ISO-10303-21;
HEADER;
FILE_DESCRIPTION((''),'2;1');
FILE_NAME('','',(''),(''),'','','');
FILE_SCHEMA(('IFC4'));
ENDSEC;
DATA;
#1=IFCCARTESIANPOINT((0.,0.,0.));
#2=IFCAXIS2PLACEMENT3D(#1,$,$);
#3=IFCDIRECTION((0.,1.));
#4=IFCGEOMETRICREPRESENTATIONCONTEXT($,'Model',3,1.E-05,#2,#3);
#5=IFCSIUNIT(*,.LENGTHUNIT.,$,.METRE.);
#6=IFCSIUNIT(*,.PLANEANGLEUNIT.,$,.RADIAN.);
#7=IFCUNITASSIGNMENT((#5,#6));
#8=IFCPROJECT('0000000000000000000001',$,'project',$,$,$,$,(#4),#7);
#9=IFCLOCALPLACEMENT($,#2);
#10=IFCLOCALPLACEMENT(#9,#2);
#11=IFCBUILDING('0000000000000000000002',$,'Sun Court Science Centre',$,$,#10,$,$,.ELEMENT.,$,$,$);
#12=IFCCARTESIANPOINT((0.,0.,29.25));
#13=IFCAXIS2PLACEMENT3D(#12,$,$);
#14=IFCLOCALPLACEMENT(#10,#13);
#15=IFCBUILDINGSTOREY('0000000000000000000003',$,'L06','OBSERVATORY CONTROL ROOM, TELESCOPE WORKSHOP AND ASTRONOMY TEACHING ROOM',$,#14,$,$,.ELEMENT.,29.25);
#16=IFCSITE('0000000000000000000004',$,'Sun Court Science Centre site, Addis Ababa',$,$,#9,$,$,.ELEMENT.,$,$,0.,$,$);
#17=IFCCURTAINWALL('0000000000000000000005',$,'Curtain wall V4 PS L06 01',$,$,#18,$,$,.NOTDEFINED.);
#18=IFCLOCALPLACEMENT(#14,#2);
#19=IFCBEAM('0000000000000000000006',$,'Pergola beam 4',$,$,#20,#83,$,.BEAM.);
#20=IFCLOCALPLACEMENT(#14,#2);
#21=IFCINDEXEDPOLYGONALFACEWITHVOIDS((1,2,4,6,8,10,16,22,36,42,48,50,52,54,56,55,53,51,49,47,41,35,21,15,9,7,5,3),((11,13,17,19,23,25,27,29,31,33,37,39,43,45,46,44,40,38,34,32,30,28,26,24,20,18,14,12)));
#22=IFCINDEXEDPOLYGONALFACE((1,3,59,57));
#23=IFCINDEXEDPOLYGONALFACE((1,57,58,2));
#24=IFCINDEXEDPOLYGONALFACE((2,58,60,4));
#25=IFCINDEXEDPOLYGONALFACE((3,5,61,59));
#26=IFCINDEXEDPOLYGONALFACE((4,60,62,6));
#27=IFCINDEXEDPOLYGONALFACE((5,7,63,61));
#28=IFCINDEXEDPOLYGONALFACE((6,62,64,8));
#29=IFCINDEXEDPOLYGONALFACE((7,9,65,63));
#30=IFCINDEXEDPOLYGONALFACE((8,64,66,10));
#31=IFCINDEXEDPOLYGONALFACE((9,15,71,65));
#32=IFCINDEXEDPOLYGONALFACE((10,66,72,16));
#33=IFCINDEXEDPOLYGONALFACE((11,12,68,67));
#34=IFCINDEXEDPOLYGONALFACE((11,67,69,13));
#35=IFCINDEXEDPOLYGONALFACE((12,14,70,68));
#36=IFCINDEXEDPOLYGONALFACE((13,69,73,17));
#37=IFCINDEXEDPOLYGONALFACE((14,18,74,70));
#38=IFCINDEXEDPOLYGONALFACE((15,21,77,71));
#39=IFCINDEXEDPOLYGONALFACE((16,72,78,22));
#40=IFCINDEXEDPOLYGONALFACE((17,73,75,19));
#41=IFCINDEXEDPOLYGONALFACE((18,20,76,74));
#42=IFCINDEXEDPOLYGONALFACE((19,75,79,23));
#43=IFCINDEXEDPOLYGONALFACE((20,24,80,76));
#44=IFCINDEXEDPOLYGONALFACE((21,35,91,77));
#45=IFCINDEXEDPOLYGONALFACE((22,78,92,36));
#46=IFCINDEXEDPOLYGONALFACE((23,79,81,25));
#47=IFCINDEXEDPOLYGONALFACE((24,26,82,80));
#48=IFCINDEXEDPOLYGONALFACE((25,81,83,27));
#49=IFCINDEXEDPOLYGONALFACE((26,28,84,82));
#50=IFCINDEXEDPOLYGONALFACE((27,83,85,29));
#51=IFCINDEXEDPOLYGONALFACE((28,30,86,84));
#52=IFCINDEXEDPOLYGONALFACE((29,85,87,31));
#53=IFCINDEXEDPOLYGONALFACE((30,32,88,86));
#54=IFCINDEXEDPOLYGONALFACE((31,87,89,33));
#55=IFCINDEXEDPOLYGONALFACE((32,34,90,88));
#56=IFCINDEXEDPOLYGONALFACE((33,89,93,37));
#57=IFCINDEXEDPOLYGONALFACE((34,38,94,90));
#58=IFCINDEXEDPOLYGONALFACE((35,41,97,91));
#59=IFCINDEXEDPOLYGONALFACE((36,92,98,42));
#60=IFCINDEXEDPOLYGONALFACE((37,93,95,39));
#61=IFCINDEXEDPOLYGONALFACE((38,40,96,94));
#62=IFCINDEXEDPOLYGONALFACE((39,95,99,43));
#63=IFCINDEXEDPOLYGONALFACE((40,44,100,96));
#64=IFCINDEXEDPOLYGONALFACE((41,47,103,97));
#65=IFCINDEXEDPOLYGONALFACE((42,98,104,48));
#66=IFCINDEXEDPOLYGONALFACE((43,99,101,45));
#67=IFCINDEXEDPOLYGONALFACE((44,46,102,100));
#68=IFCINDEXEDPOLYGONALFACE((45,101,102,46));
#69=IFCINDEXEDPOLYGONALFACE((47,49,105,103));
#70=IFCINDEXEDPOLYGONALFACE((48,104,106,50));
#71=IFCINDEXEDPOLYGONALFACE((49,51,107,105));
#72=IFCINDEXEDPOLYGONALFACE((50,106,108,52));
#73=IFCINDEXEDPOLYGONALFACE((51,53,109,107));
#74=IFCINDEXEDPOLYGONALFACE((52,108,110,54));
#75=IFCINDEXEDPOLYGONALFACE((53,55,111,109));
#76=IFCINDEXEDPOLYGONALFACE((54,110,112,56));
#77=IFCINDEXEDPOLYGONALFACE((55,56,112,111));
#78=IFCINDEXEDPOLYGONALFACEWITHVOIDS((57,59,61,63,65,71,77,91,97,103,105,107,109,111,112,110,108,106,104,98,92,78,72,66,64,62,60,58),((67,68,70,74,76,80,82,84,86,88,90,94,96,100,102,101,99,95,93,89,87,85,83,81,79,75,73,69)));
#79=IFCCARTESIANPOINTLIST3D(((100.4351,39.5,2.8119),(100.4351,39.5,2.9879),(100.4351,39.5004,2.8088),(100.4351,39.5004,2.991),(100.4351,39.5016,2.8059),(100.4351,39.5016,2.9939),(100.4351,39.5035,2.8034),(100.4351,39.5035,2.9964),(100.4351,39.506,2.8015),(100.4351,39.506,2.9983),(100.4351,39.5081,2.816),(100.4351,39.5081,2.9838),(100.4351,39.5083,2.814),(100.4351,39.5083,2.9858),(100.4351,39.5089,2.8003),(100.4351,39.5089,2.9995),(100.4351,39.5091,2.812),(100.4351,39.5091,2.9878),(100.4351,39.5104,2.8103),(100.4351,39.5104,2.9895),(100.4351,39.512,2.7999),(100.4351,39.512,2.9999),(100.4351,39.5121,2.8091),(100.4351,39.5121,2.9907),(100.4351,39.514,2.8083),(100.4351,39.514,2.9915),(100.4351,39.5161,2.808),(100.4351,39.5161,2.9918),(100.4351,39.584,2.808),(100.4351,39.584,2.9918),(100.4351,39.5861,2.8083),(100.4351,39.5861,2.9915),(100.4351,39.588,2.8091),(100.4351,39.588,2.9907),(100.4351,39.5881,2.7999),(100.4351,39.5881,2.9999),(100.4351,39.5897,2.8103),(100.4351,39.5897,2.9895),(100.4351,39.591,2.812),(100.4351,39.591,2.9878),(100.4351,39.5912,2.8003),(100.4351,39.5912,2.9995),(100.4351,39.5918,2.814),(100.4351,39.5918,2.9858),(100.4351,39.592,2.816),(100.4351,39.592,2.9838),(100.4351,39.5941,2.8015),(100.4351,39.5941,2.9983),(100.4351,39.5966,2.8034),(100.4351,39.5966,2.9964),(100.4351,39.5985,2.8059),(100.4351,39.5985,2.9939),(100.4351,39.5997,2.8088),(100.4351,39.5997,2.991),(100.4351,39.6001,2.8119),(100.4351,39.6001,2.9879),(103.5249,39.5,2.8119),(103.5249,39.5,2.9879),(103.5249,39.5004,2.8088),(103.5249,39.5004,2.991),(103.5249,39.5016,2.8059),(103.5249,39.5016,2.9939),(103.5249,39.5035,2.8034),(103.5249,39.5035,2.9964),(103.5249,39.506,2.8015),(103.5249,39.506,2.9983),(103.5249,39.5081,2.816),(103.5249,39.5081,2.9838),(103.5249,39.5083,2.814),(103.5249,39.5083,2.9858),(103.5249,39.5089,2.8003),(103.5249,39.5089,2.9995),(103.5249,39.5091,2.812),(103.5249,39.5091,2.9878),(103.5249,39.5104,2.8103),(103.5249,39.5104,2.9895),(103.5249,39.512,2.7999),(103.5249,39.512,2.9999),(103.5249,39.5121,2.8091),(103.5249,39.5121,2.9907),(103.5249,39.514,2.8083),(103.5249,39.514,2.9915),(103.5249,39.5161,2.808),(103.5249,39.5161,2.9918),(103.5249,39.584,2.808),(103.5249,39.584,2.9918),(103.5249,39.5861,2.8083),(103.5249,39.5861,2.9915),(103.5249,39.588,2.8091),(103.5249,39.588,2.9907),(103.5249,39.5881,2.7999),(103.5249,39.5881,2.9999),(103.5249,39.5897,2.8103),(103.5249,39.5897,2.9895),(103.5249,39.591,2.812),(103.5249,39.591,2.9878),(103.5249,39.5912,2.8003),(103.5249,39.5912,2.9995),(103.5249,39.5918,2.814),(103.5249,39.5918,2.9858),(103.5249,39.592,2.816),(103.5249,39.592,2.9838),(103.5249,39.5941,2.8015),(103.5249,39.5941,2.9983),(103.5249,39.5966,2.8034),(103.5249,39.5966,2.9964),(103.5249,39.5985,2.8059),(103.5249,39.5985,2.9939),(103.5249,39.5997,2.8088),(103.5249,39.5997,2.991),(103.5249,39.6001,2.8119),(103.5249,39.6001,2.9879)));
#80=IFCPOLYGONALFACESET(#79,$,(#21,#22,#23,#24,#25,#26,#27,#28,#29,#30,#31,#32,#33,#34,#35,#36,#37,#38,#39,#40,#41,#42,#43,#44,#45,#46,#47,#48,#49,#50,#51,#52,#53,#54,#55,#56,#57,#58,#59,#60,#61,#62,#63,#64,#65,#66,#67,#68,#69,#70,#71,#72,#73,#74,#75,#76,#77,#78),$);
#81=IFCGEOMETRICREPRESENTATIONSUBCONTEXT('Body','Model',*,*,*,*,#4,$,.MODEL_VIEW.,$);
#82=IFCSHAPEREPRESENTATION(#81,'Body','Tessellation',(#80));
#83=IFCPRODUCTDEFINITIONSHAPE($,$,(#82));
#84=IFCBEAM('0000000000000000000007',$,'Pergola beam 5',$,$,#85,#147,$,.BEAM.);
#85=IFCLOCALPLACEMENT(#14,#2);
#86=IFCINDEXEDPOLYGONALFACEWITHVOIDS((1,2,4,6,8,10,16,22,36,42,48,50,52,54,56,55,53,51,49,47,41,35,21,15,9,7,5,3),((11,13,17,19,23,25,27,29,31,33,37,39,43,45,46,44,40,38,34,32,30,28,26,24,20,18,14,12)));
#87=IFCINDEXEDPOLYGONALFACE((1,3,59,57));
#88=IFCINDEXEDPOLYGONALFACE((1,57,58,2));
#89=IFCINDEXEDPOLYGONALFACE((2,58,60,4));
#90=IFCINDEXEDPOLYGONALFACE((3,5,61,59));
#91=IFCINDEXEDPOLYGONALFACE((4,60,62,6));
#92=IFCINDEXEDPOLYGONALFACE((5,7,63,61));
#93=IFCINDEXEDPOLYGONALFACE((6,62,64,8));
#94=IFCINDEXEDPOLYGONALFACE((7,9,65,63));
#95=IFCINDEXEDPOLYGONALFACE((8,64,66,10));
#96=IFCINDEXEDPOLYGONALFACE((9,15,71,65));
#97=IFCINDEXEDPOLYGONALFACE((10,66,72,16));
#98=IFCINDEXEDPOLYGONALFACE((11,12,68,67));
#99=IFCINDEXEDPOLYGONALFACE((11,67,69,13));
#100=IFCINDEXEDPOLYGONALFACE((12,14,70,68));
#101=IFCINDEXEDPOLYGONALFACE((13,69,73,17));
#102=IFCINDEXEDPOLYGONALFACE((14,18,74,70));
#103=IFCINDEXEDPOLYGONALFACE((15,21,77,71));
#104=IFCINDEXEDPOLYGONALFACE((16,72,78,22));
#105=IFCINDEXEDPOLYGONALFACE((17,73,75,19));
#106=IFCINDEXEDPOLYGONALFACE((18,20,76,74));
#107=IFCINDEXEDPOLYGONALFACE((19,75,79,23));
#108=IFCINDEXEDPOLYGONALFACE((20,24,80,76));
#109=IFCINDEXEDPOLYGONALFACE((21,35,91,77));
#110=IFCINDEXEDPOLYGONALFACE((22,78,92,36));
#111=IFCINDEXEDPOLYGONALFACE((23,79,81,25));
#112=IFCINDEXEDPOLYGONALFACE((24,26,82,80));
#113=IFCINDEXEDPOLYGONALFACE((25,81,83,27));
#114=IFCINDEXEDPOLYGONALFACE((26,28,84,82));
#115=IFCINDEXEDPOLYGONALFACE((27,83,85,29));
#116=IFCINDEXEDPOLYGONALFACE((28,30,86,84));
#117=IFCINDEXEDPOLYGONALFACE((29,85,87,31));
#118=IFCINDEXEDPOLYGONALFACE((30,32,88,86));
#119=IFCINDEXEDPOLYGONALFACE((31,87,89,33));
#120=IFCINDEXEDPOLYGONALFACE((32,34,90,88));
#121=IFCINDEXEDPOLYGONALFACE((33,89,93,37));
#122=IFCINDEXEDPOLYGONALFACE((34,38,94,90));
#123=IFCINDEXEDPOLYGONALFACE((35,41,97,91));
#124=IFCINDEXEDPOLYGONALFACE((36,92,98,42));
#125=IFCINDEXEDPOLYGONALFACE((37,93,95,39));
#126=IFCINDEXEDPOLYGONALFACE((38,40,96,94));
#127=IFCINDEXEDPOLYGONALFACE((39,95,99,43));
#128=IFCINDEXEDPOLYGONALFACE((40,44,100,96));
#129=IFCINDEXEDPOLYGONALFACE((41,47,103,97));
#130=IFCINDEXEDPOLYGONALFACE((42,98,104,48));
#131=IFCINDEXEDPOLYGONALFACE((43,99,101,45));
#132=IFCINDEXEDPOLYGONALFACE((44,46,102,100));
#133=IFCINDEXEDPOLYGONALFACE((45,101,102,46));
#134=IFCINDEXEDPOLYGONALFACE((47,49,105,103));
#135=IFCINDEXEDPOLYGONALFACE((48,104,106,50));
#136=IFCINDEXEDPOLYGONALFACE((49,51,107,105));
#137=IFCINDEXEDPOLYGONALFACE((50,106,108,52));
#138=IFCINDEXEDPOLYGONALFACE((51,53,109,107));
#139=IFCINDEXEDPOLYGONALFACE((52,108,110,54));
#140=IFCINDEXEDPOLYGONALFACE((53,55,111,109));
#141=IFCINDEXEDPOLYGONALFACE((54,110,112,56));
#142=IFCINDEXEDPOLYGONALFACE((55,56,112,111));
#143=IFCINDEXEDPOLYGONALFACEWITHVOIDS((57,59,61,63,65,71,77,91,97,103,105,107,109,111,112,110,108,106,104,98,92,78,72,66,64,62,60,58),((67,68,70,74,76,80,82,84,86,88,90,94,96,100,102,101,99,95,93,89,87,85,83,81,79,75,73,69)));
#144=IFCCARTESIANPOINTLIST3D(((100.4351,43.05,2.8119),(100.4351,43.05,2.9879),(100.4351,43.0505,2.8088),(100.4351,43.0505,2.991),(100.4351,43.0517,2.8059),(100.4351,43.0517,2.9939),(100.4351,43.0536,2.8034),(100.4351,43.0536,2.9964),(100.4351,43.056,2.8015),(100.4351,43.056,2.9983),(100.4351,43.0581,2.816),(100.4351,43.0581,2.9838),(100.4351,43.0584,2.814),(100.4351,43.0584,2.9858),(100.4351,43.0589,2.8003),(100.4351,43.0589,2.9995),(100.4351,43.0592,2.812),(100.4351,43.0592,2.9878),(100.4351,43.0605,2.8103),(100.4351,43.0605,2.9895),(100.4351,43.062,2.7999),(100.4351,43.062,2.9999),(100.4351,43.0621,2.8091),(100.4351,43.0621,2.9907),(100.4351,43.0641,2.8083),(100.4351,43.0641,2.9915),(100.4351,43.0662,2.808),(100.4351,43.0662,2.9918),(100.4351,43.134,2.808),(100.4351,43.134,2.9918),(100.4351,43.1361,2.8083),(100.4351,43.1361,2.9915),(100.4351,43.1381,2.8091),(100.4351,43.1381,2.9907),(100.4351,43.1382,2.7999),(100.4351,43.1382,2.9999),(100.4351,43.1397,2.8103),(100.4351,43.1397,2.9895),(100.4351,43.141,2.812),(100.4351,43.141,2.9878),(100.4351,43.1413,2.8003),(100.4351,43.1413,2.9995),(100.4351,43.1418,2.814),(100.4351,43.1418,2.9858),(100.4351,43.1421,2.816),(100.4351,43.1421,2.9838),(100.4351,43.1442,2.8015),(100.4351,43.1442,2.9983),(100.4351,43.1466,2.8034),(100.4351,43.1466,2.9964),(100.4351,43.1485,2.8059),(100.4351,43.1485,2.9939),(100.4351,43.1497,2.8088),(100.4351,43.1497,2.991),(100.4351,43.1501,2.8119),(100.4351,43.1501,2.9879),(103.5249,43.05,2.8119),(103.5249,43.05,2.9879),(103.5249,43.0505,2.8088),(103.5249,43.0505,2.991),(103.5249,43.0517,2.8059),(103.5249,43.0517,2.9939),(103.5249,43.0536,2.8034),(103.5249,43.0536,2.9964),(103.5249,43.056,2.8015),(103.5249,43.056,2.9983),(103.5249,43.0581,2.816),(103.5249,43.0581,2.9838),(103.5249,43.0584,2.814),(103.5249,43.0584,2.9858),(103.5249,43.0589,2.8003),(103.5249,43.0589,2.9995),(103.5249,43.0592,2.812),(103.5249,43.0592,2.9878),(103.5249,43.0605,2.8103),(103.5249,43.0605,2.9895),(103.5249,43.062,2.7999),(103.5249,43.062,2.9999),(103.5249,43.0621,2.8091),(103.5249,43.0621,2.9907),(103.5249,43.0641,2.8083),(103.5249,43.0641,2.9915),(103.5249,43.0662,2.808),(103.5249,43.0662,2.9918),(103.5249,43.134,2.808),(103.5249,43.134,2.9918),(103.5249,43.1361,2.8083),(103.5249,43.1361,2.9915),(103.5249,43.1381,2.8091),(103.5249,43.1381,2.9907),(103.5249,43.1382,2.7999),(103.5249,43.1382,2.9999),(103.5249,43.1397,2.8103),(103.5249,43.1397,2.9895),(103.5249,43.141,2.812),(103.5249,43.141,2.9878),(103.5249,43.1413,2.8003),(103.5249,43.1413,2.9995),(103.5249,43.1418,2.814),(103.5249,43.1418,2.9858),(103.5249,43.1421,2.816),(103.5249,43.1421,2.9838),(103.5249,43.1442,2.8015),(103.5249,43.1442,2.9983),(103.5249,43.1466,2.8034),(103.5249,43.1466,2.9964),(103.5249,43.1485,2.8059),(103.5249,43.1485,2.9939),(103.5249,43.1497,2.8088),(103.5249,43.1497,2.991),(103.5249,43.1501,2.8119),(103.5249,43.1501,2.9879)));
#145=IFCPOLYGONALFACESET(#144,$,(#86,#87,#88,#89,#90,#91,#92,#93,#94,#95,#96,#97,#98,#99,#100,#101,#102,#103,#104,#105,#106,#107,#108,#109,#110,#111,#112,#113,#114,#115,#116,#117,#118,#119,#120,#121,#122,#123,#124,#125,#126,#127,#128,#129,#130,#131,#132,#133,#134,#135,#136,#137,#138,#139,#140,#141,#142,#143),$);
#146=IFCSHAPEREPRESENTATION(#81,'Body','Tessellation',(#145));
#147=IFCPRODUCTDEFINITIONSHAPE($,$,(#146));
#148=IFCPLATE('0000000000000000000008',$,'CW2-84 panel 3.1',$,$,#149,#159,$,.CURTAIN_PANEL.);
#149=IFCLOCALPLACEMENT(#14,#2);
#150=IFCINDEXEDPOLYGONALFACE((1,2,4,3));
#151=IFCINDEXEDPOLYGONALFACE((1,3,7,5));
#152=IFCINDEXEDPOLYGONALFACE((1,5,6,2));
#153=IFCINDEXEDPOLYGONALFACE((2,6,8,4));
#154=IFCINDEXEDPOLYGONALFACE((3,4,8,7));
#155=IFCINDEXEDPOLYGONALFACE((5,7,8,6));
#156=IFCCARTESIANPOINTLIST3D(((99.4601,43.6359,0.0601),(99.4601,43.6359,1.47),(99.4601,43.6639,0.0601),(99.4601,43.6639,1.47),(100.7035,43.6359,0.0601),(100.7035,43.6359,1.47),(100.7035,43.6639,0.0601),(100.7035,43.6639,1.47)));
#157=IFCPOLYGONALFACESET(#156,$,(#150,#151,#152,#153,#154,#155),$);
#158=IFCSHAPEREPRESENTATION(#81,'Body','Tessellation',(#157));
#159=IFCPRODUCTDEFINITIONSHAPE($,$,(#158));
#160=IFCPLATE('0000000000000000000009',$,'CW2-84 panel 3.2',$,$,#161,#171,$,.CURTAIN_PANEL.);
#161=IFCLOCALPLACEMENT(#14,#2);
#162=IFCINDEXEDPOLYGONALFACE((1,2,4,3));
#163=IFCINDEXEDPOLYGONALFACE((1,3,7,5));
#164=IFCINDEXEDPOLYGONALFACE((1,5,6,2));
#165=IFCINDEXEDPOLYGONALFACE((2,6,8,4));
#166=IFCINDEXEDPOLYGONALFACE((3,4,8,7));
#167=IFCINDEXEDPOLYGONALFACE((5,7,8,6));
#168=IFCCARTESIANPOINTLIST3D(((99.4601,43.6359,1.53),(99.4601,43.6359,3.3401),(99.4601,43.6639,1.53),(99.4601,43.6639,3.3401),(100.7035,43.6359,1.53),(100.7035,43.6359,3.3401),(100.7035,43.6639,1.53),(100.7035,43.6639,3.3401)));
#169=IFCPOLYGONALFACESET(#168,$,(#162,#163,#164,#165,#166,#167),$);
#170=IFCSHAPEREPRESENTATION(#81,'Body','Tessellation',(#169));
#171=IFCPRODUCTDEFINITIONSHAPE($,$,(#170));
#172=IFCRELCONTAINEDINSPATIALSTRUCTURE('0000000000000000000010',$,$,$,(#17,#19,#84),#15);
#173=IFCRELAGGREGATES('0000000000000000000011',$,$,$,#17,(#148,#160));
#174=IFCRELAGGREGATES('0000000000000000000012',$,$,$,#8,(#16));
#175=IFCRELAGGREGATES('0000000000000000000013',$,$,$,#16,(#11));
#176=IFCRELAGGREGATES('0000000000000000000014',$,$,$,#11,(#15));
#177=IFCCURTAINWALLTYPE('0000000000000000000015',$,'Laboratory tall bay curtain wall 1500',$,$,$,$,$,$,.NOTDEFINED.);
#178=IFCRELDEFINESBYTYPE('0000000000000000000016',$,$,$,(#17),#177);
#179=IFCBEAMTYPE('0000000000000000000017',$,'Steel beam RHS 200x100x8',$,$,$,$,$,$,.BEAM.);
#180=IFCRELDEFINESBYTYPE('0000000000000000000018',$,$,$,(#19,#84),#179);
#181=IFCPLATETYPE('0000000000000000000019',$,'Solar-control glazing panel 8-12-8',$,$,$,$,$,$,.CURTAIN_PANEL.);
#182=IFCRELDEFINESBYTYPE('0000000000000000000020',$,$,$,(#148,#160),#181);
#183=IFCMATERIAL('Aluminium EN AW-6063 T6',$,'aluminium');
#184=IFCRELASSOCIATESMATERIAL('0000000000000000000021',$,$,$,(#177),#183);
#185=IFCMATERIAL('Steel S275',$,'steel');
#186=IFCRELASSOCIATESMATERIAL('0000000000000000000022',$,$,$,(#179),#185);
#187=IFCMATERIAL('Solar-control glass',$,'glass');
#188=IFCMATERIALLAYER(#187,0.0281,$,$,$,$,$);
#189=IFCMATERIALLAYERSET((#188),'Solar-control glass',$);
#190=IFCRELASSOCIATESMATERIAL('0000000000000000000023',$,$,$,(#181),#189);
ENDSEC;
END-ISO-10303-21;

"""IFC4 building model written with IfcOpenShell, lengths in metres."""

from ifc_helpers import new_model, si_unit, direction, frame, origin, origin_2d, place, context, subcontext, project, spatial, rectangle, hollow_rectangle, extrude, material, layer, layer_set, material_profile, profile_set, type_object, element, aggregate, save


model = new_model("IFC4")

# Units and contexts
model_context = context("Model", 3, precision=1e-05, world=origin(), true_north=direction((0.0, 1.0)))
body_context = subcontext(model_context, "Body", "Model", "MODEL_VIEW")
ifc_project = project(units=[si_unit("LENGTHUNIT", "METRE"), si_unit("PLANEANGLEUNIT", "RADIAN")], contexts=[model_context])

# Site, building, storey
site_placement = place(None, origin())
site = spatial("IfcSite", under=ifc_project, at=site_placement, Name="Sun Court Science Centre site, Addis Ababa", CompositionType="ELEMENT", RefElevation=0.0)
building_placement = place(site_placement, origin())
building = spatial("IfcBuilding", under=site, at=building_placement, Name="Sun Court Science Centre", CompositionType="ELEMENT")
storey_placement = place(building_placement, frame((0.0, 0.0, 29.25)))
storey = spatial("IfcBuildingStorey", under=building, at=storey_placement, Name="L06", Description="OBSERVATORY CONTROL ROOM, TELESCOPE WORKSHOP AND ASTRONOMY TEACHING ROOM", CompositionType="ELEMENT", Elevation=29.25)

# Curtain wall
ifc_material_1 = material(Name="Aluminium EN AW-6063 T6", Category="aluminium")
curtain_wall_type = type_object("IfcCurtainWallType", Name="Laboratory tall bay curtain wall 1500", PredefinedType="NOTDEFINED", material=ifc_material_1)
curtain_wall_placement = place(storey_placement, origin())
curtain_wall = element("IfcCurtainWall", 1, at=curtain_wall_placement, inside=storey, type_object=curtain_wall_type, Name="Curtain wall V4 PS L06 01", PredefinedType="NOTDEFINED")

# Beams
ifc_material_2 = material(Name="Steel S275", Category="steel")
ifc_material_profile_1 = material_profile(ifc_material_2, hollow_rectangle(XDim=0.1001, YDim=0.2, WallThickness=0.0081, InnerFilletRadius=0.0081, OuterFilletRadius=0.012, at=origin_2d()), Name="RHS 200x100x8")
ifc_profile_set_1 = profile_set([ifc_material_profile_1], Name="Steel S275")
beam_type_1 = type_object("IfcBeamType", Name="Steel beam RHS 200x100x8", PredefinedType="BEAM", material=ifc_profile_set_1)
for number, where, z_axis, x_axis, name in (
    (2, (100.4351, 39.55, 2.8999), (1.0, 0.0, 0.0), (0.0, 1.0, 0.0), "Pergola beam 4"),
    (3, (100.4351, 43.1001, 2.8999), (1.0, 0.0, 0.0), (0.0, 1.0, 0.0), "Pergola beam 5"),
):
    element("IfcBeam", number, at=place(storey_placement, frame(where, z_axis=z_axis, x_axis=x_axis)), inside=storey, type_object=beam_type_1, Name=name, PredefinedType="BEAM", context=body_context, shape_type="SweptSolid", body=[
        extrude(hollow_rectangle(XDim=0.1001, YDim=0.2, WallThickness=0.0081, InnerFilletRadius=0.0081, OuterFilletRadius=0.012, at=origin_2d()), origin(), (0.0, 0.0, 1.0), 3.0898),
    ])

# Plates
ifc_material_3 = material(Name="Solar-control glass", Category="glass")
ifc_layer_1 = layer(ifc_material_3, 0.0281)
ifc_layer_set_1 = layer_set([ifc_layer_1], Name="Solar-control glass")
plate_type = type_object("IfcPlateType", Name="Solar-control glazing panel 8-12-8", PredefinedType="CURTAIN_PANEL", material=ifc_layer_set_1)
plate_1_placement = place(storey_placement, frame((100.0818, 43.6499, 0.0601), z_axis=(0.0, 0.0, 1.0), x_axis=(-1.0, 0.0, 0.0)))
plate_1 = element("IfcPlate", 4, at=plate_1_placement, type_object=plate_type, Name="CW2-84 panel 3.1", PredefinedType="CURTAIN_PANEL", context=body_context, shape_type="SweptSolid", body=[
    extrude(rectangle(XDim=1.2434, YDim=0.0281, at=origin_2d()), origin(), (0.0, 0.0, 1.0), 1.4099),
])
plate_2_placement = place(storey_placement, frame((100.0818, 43.6499, 1.53), z_axis=(0.0, 0.0, 1.0), x_axis=(-1.0, 0.0, 0.0)))
plate_2 = element("IfcPlate", 5, at=plate_2_placement, type_object=plate_type, Name="CW2-84 panel 3.2", PredefinedType="CURTAIN_PANEL", context=body_context, shape_type="SweptSolid", body=[
    extrude(rectangle(XDim=1.2434, YDim=0.0281, at=origin_2d()), origin(), (0.0, 0.0, 1.0), 1.8101),
])
aggregate(curtain_wall, [plate_1, plate_2])

save(model, "model.ifc")
